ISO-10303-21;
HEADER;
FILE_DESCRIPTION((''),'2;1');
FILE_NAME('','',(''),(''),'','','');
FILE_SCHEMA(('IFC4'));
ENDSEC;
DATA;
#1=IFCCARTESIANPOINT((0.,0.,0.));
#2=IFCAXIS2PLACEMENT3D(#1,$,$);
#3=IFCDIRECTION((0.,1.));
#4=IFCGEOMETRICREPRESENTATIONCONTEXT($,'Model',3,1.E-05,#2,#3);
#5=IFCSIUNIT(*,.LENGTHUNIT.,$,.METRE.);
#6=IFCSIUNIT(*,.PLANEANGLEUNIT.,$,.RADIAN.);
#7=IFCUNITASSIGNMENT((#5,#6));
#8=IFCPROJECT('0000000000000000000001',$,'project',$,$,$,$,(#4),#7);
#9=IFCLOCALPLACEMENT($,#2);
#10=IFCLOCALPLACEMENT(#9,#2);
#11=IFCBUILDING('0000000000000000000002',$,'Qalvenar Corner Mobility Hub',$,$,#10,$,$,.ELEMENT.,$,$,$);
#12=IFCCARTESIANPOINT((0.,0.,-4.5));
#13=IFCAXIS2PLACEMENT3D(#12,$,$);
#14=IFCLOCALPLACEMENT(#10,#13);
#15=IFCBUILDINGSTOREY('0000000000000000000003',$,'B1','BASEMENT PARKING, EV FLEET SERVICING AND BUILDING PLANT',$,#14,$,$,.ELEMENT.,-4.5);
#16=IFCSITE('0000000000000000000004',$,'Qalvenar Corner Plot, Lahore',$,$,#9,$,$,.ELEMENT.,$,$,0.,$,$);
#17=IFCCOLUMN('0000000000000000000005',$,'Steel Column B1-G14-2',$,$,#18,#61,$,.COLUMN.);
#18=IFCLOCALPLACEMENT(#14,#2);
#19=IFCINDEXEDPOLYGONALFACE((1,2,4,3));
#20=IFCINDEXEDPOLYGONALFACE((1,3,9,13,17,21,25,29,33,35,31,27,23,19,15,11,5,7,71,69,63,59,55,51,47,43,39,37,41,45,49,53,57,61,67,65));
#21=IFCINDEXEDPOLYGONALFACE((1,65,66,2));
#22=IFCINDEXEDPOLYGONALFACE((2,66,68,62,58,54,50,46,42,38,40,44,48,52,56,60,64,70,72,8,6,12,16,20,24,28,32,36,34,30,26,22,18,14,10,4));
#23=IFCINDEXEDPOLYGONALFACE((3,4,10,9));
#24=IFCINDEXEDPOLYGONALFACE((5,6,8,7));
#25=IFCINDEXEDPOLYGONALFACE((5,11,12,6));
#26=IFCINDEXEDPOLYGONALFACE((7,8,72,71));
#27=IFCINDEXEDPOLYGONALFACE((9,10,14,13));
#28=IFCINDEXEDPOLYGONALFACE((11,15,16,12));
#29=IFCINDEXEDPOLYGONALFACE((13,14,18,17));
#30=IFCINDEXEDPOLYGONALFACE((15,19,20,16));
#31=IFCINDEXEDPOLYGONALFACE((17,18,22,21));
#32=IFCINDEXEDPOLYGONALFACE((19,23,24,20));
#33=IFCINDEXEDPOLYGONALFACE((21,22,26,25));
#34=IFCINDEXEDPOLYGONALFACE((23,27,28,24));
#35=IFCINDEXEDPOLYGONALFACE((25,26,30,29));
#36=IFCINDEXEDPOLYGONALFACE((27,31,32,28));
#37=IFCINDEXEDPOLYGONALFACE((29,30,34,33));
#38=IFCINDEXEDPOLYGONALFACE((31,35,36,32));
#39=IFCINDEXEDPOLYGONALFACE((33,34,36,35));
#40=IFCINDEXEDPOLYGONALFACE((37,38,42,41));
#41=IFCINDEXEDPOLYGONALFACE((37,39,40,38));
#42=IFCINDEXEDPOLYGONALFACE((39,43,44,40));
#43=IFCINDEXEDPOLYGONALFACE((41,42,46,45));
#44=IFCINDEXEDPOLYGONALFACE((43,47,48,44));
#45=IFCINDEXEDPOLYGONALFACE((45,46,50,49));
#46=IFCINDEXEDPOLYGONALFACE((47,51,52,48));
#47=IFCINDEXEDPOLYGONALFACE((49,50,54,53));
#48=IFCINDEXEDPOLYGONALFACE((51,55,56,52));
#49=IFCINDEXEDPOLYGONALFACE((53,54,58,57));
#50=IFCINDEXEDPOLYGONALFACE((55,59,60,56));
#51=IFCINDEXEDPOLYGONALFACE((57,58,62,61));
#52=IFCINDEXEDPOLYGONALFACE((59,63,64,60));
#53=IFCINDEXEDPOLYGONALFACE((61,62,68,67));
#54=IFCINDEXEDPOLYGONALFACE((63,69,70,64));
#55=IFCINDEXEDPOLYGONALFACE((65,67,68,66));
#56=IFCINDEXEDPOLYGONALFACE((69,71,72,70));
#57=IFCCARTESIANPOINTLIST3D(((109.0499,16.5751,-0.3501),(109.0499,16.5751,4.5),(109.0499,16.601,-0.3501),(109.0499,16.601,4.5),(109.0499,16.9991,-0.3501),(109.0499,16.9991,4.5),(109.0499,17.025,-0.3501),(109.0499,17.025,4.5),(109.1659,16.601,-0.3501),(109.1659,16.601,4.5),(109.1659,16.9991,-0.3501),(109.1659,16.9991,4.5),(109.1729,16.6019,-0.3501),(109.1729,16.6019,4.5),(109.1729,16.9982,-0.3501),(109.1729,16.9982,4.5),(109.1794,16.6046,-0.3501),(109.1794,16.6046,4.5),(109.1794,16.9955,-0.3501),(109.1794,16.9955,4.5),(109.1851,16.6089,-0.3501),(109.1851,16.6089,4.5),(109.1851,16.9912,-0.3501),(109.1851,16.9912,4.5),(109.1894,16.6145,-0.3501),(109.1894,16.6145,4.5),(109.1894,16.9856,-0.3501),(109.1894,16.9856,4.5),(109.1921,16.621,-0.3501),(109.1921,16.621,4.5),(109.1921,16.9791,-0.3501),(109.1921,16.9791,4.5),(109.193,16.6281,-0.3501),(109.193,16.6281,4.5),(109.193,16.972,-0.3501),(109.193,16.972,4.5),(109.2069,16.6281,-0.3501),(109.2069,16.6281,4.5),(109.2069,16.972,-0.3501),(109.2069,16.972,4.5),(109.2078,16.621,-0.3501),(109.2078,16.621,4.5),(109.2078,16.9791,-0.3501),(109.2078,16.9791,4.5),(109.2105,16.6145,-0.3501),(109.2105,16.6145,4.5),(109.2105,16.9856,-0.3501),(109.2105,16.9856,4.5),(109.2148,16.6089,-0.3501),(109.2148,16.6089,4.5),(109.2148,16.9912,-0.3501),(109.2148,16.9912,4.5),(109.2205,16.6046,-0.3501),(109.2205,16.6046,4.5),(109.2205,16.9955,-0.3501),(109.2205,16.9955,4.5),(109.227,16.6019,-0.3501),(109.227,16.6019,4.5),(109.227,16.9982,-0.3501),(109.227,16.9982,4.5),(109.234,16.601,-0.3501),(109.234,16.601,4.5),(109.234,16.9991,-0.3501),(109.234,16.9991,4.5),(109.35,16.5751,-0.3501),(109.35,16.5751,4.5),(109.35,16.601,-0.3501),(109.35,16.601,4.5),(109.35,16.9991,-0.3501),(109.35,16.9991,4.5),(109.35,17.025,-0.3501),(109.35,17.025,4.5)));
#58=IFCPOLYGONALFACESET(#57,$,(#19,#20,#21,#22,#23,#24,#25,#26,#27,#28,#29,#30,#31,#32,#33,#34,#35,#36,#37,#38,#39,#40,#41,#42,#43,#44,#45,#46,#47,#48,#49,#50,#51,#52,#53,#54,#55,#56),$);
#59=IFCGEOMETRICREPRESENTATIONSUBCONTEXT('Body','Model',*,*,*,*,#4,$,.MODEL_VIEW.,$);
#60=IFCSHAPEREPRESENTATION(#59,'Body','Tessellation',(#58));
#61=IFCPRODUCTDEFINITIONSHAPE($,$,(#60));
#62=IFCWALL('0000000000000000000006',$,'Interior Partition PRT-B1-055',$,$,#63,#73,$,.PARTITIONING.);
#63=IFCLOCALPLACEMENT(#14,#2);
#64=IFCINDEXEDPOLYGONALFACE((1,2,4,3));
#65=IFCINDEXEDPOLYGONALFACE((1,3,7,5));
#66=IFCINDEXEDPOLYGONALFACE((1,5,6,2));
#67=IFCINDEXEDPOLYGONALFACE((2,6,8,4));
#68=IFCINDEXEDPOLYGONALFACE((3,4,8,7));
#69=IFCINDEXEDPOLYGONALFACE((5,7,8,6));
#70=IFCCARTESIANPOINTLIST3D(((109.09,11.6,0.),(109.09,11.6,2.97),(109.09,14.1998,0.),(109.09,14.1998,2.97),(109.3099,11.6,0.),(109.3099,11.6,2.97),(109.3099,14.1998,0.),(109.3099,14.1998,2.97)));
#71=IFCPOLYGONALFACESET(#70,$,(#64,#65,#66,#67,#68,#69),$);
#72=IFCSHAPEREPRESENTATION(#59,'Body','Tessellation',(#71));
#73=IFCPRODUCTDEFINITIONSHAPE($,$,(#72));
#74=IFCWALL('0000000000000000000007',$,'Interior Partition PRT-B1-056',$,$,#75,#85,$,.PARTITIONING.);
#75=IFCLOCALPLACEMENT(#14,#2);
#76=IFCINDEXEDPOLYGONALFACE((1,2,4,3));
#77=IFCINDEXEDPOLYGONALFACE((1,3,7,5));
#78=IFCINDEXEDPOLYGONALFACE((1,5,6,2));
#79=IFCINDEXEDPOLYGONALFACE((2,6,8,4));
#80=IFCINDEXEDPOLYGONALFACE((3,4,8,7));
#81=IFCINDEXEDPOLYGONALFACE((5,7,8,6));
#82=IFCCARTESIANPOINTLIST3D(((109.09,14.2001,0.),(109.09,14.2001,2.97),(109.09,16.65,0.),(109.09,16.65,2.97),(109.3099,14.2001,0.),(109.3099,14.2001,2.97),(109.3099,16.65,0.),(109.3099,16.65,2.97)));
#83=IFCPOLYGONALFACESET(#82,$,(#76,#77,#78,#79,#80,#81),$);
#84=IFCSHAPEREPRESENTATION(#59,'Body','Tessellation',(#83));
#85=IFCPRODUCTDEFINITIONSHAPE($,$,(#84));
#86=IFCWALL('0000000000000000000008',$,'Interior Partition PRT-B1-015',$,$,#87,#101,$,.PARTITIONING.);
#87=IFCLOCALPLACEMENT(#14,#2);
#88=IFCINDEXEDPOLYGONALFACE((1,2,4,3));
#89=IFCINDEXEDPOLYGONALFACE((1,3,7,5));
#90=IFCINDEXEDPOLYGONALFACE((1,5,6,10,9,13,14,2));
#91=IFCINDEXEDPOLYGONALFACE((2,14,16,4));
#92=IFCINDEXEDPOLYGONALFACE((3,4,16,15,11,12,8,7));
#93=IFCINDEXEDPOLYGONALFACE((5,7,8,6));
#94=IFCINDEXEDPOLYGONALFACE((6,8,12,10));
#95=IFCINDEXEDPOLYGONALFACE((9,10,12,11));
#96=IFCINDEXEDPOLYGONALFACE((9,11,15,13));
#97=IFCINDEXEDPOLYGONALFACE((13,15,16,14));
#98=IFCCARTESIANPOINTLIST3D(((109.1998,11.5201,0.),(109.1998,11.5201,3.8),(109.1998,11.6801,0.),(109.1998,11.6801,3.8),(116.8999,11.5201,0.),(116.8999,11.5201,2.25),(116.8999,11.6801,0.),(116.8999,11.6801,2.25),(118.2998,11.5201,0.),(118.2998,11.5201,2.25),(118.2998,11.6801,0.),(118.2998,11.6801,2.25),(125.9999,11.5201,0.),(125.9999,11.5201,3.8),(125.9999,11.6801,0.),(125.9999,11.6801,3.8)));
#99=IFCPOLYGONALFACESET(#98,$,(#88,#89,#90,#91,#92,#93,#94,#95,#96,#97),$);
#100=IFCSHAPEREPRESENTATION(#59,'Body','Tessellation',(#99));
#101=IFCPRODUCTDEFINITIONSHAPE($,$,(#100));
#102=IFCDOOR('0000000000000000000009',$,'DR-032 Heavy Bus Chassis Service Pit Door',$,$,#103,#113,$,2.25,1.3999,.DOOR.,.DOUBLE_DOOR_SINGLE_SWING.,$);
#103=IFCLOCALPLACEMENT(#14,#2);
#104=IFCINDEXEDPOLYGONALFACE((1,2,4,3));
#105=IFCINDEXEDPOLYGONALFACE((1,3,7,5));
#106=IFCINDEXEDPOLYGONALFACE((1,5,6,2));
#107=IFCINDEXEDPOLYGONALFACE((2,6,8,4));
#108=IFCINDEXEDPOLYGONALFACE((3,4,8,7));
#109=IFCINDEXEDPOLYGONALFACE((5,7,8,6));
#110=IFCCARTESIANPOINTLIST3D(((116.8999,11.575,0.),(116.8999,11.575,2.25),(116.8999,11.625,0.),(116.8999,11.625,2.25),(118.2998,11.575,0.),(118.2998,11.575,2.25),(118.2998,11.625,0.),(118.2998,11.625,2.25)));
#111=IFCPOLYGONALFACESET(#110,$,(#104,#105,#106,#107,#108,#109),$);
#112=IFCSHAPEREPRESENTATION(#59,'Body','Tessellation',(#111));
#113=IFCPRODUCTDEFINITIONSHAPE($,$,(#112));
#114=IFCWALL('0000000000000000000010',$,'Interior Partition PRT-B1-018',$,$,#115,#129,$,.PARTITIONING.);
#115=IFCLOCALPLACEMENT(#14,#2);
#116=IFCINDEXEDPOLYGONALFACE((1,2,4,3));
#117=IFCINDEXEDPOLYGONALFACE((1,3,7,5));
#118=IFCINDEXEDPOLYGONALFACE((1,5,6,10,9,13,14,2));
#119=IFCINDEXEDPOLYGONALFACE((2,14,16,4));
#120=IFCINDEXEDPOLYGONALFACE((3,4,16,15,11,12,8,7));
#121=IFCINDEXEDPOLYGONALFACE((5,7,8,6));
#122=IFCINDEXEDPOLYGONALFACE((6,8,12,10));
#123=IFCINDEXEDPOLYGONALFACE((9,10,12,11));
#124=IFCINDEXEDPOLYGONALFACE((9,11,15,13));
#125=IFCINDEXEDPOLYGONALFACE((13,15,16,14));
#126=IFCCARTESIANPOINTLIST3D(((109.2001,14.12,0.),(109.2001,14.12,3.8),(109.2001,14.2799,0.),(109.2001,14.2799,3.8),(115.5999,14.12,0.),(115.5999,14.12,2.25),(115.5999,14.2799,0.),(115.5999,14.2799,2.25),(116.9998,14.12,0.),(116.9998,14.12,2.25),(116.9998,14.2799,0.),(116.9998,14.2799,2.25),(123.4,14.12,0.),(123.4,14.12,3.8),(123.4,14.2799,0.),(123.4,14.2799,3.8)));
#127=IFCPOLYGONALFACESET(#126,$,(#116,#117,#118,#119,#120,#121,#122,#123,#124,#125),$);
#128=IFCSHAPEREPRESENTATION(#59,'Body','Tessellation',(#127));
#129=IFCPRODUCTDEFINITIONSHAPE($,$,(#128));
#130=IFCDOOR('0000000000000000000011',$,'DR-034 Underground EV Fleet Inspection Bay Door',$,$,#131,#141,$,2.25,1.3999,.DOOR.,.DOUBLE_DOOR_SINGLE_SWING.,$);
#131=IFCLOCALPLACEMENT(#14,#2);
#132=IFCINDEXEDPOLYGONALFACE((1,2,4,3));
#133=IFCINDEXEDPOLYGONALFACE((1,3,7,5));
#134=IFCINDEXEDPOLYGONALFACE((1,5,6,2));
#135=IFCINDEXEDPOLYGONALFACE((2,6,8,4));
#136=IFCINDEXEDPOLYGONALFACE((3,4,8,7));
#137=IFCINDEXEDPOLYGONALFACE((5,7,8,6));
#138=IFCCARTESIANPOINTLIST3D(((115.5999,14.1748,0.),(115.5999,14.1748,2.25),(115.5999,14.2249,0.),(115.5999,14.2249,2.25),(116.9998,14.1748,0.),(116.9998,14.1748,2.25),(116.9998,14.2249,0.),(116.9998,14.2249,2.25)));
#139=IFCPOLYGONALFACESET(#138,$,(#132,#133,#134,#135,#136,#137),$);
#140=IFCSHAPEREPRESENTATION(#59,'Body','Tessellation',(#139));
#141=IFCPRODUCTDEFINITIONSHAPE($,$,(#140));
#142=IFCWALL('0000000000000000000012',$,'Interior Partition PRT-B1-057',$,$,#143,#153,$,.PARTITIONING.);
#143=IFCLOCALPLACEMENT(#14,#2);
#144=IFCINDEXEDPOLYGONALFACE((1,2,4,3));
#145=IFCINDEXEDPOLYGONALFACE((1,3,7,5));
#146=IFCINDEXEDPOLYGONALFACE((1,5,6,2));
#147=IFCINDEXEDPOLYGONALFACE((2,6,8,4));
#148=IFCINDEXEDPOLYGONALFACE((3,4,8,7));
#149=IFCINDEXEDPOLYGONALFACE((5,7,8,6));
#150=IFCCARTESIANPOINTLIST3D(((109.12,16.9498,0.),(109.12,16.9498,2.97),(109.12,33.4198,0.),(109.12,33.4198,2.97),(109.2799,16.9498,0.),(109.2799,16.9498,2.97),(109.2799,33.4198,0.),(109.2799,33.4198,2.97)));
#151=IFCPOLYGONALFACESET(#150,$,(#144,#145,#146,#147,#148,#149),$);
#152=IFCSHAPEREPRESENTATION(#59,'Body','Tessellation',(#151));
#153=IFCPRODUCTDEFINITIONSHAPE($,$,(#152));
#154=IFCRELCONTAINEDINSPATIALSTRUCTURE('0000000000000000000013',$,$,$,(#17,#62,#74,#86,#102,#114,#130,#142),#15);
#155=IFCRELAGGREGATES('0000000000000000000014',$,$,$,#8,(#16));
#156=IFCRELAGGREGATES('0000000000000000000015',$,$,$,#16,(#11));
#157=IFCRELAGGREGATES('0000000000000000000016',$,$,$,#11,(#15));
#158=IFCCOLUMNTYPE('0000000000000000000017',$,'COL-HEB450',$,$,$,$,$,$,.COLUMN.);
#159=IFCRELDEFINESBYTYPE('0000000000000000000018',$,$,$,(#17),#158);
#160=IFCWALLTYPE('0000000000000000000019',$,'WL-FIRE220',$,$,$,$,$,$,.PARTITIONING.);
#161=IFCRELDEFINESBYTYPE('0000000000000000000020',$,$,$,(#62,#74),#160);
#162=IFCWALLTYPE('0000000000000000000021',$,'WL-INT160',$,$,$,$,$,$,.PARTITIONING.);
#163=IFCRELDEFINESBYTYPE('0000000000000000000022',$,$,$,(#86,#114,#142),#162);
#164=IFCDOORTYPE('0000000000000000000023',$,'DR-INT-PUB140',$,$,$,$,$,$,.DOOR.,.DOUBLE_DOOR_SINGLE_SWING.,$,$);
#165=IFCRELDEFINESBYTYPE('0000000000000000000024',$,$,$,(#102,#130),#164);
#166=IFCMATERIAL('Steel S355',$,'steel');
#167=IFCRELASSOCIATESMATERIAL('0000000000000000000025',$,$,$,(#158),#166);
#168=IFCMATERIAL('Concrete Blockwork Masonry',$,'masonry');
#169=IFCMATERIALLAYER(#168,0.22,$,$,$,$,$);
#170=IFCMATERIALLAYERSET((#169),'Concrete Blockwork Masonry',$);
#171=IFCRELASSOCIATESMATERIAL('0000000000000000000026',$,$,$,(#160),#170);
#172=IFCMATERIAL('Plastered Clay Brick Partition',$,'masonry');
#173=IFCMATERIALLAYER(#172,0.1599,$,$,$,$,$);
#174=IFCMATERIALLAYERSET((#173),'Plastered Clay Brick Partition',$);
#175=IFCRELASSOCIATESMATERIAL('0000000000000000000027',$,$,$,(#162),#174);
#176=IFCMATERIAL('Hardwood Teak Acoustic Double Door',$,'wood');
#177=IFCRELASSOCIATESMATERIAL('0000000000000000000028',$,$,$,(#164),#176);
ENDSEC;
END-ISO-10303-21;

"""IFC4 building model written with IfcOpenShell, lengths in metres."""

from ifc_helpers import new_model, si_unit, direction, frame, frame_2d, origin, origin_2d, place, context, subcontext, project, spatial, rectangle, i_section, extrude, material, layer, layer_set, material_profile, profile_set, type_object, element, fill, save


model = new_model("IFC4")

# Units and contexts
model_context = context("Model", 3, precision=1e-05, world=origin(), true_north=direction((0.0, 1.0)))
body_context = subcontext(model_context, "Body", "Model", "MODEL_VIEW")
ifc_project = project(units=[si_unit("LENGTHUNIT", "METRE"), si_unit("PLANEANGLEUNIT", "RADIAN")], contexts=[model_context])

# Site, building, storey
site_placement = place(None, origin())
site = spatial("IfcSite", under=ifc_project, at=site_placement, Name="Qalvenar Corner Plot, Lahore", CompositionType="ELEMENT", RefElevation=0.0)
building_placement = place(site_placement, origin())
building = spatial("IfcBuilding", under=site, at=building_placement, Name="Qalvenar Corner Mobility Hub", CompositionType="ELEMENT")
storey_placement = place(building_placement, frame((0.0, 0.0, -4.5)))
storey = spatial("IfcBuildingStorey", under=building, at=storey_placement, Name="B1", Description="BASEMENT PARKING, EV FLEET SERVICING AND BUILDING PLANT", CompositionType="ELEMENT", Elevation=-4.5)

# Column
ifc_material_1 = material(Name="Steel S355", Category="steel")
ifc_material_profile_1 = material_profile(ifc_material_1, i_section(OverallWidth=0.3, OverallDepth=0.45, WebThickness=0.0139, FlangeThickness=0.0259, FilletRadius=0.0271, at=origin_2d()), Name="HEB450")
ifc_profile_set_1 = profile_set([ifc_material_profile_1], Name="Steel S355")
column_type_1 = type_object("IfcColumnType", Name="COL-HEB450", PredefinedType="COLUMN", material=ifc_profile_set_1)
for number, where, z_axis, x_axis, name in (
    (1, (109.2, 16.8, -0.3501), (0.0, 0.0, 1.0), (1.0, 0.0, 0.0), "Steel Column B1-G14-2"),
):
    element("IfcColumn", number, at=place(storey_placement, frame(where, z_axis=z_axis, x_axis=x_axis)), inside=storey, type_object=column_type_1, Name=name, PredefinedType="COLUMN", context=body_context, shape_type="SweptSolid", body=[
        extrude(i_section(OverallWidth=0.3, OverallDepth=0.45, WebThickness=0.0139, FlangeThickness=0.0259, FilletRadius=0.0271, at=origin_2d()), origin(), (0.0, 0.0, 1.0), 4.8501),
    ])

# Walls
ifc_material_2 = material(Name="Concrete Blockwork Masonry", Category="masonry")
ifc_layer_1 = layer(ifc_material_2, 0.22)
ifc_layer_set_1 = layer_set([ifc_layer_1], Name="Concrete Blockwork Masonry")
wall_type_1 = type_object("IfcWallType", Name="WL-FIRE220", PredefinedType="PARTITIONING", material=ifc_layer_set_1)
wall_1_placement = place(storey_placement, frame((109.2, 11.6001, 0.0), z_axis=(0.0, 0.0, 1.0), x_axis=(0.0, 1.0, 0.0)))
element("IfcWall", 2, at=wall_1_placement, inside=storey, type_object=wall_type_1, Name="Interior Partition PRT-B1-055", PredefinedType="PARTITIONING", context=body_context, shape_type="SweptSolid", body=[
    extrude(rectangle(XDim=2.5999, YDim=0.22, at=frame_2d((1.2998, 0.0))), origin(), (0.0, 0.0, 1.0), 2.97),
])
wall_2_placement = place(storey_placement, frame((109.2, 14.2, 0.0), z_axis=(0.0, 0.0, 1.0), x_axis=(0.0, 1.0, 0.0)))
element("IfcWall", 3, at=wall_2_placement, inside=storey, type_object=wall_type_1, Name="Interior Partition PRT-B1-056", PredefinedType="PARTITIONING", context=body_context, shape_type="SweptSolid", body=[
    extrude(rectangle(XDim=2.45, YDim=0.22, at=frame_2d((1.2251, 0.0))), origin(), (0.0, 0.0, 1.0), 2.97),
])

# Walls, openings, doors
ifc_material_3 = material(Name="Plastered Clay Brick Partition", Category="masonry")
ifc_layer_2 = layer(ifc_material_3, 0.1599)
ifc_layer_set_2 = layer_set([ifc_layer_2], Name="Plastered Clay Brick Partition")
wall_type_2 = type_object("IfcWallType", Name="WL-INT160", PredefinedType="PARTITIONING", material=ifc_layer_set_2)
wall_3_placement = place(storey_placement, frame((109.2, 11.6001, 0.0), z_axis=(0.0, 0.0, 1.0), x_axis=(1.0, 0.0, 0.0)))
wall_3 = element("IfcWall", 4, at=wall_3_placement, inside=storey, type_object=wall_type_2, Name="Interior Partition PRT-B1-015", PredefinedType="PARTITIONING", context=body_context, shape_type="SweptSolid", body=[
    extrude(rectangle(XDim=16.8, YDim=0.1599, at=frame_2d((8.3999, 0.0))), origin(), (0.0, 0.0, 1.0), 3.8),
])
opening_1_placement = place(wall_3_placement, frame((7.7, 0.0, 0.0)))
opening_1 = element("IfcOpeningElement", 5, at=opening_1_placement, cuts=wall_3, PredefinedType="OPENING", context=body_context, shape_type="SweptSolid", body=[
    extrude(rectangle(XDim=1.3999, YDim=2.25, at=frame_2d((0.7, 1.125))), frame((0.0, 0.0898, 0.0), z_axis=(0.0, -1.0, 0.0), x_axis=(1.0, 0.0, 0.0)), (0.0, 0.0, 1.0), 0.1799),
])
ifc_material_4 = material(Name="Hardwood Teak Acoustic Double Door", Category="wood")
door_type = type_object("IfcDoorType", Name="DR-INT-PUB140", OperationType="DOUBLE_DOOR_SINGLE_SWING", PredefinedType="DOOR", material=ifc_material_4)
door_1_placement = place(opening_1_placement, origin())
door_1 = element("IfcDoor", 6, at=door_1_placement, inside=storey, type_object=door_type, Name="DR-032 Heavy Bus Chassis Service Pit Door", OperationType="DOUBLE_DOOR_SINGLE_SWING", OverallHeight=2.25, OverallWidth=1.3999, PredefinedType="DOOR", context=body_context, shape_type="SweptSolid", body=[
    extrude(rectangle(XDim=1.3999, YDim=2.25, at=frame_2d((0.7, 1.125))), frame((0.0, 0.0249, 0.0), z_axis=(0.0, -1.0, 0.0), x_axis=(1.0, 0.0, 0.0)), (0.0, 0.0, 1.0), 0.05),
])
fill(opening_1, door_1)
wall_4_placement = place(storey_placement, frame((109.2, 14.2, 0.0), z_axis=(0.0, 0.0, 1.0), x_axis=(1.0, 0.0, 0.0)))
wall_4 = element("IfcWall", 7, at=wall_4_placement, inside=storey, type_object=wall_type_2, Name="Interior Partition PRT-B1-018", PredefinedType="PARTITIONING", context=body_context, shape_type="SweptSolid", body=[
    extrude(rectangle(XDim=14.2, YDim=0.1599, at=frame_2d((7.1001, 0.0))), origin(), (0.0, 0.0, 1.0), 3.8),
])
opening_2_placement = place(wall_4_placement, frame((6.3999, 0.0, 0.0)))
opening_2 = element("IfcOpeningElement", 8, at=opening_2_placement, cuts=wall_4, PredefinedType="OPENING", context=body_context, shape_type="SweptSolid", body=[
    extrude(rectangle(XDim=1.3999, YDim=2.25, at=frame_2d((0.7, 1.125))), frame((0.0, 0.0898, 0.0), z_axis=(0.0, -1.0, 0.0), x_axis=(1.0, 0.0, 0.0)), (0.0, 0.0, 1.0), 0.1799),
])
door_2_placement = place(opening_2_placement, origin())
door_2 = element("IfcDoor", 9, at=door_2_placement, inside=storey, type_object=door_type, Name="DR-034 Underground EV Fleet Inspection Bay Door", OperationType="DOUBLE_DOOR_SINGLE_SWING", OverallHeight=2.25, OverallWidth=1.3999, PredefinedType="DOOR", context=body_context, shape_type="SweptSolid", body=[
    extrude(rectangle(XDim=1.3999, YDim=2.25, at=frame_2d((0.7, 1.125))), frame((0.0, 0.0249, 0.0), z_axis=(0.0, -1.0, 0.0), x_axis=(1.0, 0.0, 0.0)), (0.0, 0.0, 1.0), 0.05),
])
fill(opening_2, door_2)

# Wall
wall_5_placement = place(storey_placement, frame((109.2, 16.95, 0.0), z_axis=(0.0, 0.0, 1.0), x_axis=(0.0, 1.0, 0.0)))
element("IfcWall", 10, at=wall_5_placement, inside=storey, type_object=wall_type_2, Name="Interior Partition PRT-B1-057", PredefinedType="PARTITIONING", context=body_context, shape_type="SweptSolid", body=[
    extrude(rectangle(XDim=16.47, YDim=0.1599, at=frame_2d((8.2349, 0.0))), origin(), (0.0, 0.0, 1.0), 2.97),
])

save(model, "model.ifc")
